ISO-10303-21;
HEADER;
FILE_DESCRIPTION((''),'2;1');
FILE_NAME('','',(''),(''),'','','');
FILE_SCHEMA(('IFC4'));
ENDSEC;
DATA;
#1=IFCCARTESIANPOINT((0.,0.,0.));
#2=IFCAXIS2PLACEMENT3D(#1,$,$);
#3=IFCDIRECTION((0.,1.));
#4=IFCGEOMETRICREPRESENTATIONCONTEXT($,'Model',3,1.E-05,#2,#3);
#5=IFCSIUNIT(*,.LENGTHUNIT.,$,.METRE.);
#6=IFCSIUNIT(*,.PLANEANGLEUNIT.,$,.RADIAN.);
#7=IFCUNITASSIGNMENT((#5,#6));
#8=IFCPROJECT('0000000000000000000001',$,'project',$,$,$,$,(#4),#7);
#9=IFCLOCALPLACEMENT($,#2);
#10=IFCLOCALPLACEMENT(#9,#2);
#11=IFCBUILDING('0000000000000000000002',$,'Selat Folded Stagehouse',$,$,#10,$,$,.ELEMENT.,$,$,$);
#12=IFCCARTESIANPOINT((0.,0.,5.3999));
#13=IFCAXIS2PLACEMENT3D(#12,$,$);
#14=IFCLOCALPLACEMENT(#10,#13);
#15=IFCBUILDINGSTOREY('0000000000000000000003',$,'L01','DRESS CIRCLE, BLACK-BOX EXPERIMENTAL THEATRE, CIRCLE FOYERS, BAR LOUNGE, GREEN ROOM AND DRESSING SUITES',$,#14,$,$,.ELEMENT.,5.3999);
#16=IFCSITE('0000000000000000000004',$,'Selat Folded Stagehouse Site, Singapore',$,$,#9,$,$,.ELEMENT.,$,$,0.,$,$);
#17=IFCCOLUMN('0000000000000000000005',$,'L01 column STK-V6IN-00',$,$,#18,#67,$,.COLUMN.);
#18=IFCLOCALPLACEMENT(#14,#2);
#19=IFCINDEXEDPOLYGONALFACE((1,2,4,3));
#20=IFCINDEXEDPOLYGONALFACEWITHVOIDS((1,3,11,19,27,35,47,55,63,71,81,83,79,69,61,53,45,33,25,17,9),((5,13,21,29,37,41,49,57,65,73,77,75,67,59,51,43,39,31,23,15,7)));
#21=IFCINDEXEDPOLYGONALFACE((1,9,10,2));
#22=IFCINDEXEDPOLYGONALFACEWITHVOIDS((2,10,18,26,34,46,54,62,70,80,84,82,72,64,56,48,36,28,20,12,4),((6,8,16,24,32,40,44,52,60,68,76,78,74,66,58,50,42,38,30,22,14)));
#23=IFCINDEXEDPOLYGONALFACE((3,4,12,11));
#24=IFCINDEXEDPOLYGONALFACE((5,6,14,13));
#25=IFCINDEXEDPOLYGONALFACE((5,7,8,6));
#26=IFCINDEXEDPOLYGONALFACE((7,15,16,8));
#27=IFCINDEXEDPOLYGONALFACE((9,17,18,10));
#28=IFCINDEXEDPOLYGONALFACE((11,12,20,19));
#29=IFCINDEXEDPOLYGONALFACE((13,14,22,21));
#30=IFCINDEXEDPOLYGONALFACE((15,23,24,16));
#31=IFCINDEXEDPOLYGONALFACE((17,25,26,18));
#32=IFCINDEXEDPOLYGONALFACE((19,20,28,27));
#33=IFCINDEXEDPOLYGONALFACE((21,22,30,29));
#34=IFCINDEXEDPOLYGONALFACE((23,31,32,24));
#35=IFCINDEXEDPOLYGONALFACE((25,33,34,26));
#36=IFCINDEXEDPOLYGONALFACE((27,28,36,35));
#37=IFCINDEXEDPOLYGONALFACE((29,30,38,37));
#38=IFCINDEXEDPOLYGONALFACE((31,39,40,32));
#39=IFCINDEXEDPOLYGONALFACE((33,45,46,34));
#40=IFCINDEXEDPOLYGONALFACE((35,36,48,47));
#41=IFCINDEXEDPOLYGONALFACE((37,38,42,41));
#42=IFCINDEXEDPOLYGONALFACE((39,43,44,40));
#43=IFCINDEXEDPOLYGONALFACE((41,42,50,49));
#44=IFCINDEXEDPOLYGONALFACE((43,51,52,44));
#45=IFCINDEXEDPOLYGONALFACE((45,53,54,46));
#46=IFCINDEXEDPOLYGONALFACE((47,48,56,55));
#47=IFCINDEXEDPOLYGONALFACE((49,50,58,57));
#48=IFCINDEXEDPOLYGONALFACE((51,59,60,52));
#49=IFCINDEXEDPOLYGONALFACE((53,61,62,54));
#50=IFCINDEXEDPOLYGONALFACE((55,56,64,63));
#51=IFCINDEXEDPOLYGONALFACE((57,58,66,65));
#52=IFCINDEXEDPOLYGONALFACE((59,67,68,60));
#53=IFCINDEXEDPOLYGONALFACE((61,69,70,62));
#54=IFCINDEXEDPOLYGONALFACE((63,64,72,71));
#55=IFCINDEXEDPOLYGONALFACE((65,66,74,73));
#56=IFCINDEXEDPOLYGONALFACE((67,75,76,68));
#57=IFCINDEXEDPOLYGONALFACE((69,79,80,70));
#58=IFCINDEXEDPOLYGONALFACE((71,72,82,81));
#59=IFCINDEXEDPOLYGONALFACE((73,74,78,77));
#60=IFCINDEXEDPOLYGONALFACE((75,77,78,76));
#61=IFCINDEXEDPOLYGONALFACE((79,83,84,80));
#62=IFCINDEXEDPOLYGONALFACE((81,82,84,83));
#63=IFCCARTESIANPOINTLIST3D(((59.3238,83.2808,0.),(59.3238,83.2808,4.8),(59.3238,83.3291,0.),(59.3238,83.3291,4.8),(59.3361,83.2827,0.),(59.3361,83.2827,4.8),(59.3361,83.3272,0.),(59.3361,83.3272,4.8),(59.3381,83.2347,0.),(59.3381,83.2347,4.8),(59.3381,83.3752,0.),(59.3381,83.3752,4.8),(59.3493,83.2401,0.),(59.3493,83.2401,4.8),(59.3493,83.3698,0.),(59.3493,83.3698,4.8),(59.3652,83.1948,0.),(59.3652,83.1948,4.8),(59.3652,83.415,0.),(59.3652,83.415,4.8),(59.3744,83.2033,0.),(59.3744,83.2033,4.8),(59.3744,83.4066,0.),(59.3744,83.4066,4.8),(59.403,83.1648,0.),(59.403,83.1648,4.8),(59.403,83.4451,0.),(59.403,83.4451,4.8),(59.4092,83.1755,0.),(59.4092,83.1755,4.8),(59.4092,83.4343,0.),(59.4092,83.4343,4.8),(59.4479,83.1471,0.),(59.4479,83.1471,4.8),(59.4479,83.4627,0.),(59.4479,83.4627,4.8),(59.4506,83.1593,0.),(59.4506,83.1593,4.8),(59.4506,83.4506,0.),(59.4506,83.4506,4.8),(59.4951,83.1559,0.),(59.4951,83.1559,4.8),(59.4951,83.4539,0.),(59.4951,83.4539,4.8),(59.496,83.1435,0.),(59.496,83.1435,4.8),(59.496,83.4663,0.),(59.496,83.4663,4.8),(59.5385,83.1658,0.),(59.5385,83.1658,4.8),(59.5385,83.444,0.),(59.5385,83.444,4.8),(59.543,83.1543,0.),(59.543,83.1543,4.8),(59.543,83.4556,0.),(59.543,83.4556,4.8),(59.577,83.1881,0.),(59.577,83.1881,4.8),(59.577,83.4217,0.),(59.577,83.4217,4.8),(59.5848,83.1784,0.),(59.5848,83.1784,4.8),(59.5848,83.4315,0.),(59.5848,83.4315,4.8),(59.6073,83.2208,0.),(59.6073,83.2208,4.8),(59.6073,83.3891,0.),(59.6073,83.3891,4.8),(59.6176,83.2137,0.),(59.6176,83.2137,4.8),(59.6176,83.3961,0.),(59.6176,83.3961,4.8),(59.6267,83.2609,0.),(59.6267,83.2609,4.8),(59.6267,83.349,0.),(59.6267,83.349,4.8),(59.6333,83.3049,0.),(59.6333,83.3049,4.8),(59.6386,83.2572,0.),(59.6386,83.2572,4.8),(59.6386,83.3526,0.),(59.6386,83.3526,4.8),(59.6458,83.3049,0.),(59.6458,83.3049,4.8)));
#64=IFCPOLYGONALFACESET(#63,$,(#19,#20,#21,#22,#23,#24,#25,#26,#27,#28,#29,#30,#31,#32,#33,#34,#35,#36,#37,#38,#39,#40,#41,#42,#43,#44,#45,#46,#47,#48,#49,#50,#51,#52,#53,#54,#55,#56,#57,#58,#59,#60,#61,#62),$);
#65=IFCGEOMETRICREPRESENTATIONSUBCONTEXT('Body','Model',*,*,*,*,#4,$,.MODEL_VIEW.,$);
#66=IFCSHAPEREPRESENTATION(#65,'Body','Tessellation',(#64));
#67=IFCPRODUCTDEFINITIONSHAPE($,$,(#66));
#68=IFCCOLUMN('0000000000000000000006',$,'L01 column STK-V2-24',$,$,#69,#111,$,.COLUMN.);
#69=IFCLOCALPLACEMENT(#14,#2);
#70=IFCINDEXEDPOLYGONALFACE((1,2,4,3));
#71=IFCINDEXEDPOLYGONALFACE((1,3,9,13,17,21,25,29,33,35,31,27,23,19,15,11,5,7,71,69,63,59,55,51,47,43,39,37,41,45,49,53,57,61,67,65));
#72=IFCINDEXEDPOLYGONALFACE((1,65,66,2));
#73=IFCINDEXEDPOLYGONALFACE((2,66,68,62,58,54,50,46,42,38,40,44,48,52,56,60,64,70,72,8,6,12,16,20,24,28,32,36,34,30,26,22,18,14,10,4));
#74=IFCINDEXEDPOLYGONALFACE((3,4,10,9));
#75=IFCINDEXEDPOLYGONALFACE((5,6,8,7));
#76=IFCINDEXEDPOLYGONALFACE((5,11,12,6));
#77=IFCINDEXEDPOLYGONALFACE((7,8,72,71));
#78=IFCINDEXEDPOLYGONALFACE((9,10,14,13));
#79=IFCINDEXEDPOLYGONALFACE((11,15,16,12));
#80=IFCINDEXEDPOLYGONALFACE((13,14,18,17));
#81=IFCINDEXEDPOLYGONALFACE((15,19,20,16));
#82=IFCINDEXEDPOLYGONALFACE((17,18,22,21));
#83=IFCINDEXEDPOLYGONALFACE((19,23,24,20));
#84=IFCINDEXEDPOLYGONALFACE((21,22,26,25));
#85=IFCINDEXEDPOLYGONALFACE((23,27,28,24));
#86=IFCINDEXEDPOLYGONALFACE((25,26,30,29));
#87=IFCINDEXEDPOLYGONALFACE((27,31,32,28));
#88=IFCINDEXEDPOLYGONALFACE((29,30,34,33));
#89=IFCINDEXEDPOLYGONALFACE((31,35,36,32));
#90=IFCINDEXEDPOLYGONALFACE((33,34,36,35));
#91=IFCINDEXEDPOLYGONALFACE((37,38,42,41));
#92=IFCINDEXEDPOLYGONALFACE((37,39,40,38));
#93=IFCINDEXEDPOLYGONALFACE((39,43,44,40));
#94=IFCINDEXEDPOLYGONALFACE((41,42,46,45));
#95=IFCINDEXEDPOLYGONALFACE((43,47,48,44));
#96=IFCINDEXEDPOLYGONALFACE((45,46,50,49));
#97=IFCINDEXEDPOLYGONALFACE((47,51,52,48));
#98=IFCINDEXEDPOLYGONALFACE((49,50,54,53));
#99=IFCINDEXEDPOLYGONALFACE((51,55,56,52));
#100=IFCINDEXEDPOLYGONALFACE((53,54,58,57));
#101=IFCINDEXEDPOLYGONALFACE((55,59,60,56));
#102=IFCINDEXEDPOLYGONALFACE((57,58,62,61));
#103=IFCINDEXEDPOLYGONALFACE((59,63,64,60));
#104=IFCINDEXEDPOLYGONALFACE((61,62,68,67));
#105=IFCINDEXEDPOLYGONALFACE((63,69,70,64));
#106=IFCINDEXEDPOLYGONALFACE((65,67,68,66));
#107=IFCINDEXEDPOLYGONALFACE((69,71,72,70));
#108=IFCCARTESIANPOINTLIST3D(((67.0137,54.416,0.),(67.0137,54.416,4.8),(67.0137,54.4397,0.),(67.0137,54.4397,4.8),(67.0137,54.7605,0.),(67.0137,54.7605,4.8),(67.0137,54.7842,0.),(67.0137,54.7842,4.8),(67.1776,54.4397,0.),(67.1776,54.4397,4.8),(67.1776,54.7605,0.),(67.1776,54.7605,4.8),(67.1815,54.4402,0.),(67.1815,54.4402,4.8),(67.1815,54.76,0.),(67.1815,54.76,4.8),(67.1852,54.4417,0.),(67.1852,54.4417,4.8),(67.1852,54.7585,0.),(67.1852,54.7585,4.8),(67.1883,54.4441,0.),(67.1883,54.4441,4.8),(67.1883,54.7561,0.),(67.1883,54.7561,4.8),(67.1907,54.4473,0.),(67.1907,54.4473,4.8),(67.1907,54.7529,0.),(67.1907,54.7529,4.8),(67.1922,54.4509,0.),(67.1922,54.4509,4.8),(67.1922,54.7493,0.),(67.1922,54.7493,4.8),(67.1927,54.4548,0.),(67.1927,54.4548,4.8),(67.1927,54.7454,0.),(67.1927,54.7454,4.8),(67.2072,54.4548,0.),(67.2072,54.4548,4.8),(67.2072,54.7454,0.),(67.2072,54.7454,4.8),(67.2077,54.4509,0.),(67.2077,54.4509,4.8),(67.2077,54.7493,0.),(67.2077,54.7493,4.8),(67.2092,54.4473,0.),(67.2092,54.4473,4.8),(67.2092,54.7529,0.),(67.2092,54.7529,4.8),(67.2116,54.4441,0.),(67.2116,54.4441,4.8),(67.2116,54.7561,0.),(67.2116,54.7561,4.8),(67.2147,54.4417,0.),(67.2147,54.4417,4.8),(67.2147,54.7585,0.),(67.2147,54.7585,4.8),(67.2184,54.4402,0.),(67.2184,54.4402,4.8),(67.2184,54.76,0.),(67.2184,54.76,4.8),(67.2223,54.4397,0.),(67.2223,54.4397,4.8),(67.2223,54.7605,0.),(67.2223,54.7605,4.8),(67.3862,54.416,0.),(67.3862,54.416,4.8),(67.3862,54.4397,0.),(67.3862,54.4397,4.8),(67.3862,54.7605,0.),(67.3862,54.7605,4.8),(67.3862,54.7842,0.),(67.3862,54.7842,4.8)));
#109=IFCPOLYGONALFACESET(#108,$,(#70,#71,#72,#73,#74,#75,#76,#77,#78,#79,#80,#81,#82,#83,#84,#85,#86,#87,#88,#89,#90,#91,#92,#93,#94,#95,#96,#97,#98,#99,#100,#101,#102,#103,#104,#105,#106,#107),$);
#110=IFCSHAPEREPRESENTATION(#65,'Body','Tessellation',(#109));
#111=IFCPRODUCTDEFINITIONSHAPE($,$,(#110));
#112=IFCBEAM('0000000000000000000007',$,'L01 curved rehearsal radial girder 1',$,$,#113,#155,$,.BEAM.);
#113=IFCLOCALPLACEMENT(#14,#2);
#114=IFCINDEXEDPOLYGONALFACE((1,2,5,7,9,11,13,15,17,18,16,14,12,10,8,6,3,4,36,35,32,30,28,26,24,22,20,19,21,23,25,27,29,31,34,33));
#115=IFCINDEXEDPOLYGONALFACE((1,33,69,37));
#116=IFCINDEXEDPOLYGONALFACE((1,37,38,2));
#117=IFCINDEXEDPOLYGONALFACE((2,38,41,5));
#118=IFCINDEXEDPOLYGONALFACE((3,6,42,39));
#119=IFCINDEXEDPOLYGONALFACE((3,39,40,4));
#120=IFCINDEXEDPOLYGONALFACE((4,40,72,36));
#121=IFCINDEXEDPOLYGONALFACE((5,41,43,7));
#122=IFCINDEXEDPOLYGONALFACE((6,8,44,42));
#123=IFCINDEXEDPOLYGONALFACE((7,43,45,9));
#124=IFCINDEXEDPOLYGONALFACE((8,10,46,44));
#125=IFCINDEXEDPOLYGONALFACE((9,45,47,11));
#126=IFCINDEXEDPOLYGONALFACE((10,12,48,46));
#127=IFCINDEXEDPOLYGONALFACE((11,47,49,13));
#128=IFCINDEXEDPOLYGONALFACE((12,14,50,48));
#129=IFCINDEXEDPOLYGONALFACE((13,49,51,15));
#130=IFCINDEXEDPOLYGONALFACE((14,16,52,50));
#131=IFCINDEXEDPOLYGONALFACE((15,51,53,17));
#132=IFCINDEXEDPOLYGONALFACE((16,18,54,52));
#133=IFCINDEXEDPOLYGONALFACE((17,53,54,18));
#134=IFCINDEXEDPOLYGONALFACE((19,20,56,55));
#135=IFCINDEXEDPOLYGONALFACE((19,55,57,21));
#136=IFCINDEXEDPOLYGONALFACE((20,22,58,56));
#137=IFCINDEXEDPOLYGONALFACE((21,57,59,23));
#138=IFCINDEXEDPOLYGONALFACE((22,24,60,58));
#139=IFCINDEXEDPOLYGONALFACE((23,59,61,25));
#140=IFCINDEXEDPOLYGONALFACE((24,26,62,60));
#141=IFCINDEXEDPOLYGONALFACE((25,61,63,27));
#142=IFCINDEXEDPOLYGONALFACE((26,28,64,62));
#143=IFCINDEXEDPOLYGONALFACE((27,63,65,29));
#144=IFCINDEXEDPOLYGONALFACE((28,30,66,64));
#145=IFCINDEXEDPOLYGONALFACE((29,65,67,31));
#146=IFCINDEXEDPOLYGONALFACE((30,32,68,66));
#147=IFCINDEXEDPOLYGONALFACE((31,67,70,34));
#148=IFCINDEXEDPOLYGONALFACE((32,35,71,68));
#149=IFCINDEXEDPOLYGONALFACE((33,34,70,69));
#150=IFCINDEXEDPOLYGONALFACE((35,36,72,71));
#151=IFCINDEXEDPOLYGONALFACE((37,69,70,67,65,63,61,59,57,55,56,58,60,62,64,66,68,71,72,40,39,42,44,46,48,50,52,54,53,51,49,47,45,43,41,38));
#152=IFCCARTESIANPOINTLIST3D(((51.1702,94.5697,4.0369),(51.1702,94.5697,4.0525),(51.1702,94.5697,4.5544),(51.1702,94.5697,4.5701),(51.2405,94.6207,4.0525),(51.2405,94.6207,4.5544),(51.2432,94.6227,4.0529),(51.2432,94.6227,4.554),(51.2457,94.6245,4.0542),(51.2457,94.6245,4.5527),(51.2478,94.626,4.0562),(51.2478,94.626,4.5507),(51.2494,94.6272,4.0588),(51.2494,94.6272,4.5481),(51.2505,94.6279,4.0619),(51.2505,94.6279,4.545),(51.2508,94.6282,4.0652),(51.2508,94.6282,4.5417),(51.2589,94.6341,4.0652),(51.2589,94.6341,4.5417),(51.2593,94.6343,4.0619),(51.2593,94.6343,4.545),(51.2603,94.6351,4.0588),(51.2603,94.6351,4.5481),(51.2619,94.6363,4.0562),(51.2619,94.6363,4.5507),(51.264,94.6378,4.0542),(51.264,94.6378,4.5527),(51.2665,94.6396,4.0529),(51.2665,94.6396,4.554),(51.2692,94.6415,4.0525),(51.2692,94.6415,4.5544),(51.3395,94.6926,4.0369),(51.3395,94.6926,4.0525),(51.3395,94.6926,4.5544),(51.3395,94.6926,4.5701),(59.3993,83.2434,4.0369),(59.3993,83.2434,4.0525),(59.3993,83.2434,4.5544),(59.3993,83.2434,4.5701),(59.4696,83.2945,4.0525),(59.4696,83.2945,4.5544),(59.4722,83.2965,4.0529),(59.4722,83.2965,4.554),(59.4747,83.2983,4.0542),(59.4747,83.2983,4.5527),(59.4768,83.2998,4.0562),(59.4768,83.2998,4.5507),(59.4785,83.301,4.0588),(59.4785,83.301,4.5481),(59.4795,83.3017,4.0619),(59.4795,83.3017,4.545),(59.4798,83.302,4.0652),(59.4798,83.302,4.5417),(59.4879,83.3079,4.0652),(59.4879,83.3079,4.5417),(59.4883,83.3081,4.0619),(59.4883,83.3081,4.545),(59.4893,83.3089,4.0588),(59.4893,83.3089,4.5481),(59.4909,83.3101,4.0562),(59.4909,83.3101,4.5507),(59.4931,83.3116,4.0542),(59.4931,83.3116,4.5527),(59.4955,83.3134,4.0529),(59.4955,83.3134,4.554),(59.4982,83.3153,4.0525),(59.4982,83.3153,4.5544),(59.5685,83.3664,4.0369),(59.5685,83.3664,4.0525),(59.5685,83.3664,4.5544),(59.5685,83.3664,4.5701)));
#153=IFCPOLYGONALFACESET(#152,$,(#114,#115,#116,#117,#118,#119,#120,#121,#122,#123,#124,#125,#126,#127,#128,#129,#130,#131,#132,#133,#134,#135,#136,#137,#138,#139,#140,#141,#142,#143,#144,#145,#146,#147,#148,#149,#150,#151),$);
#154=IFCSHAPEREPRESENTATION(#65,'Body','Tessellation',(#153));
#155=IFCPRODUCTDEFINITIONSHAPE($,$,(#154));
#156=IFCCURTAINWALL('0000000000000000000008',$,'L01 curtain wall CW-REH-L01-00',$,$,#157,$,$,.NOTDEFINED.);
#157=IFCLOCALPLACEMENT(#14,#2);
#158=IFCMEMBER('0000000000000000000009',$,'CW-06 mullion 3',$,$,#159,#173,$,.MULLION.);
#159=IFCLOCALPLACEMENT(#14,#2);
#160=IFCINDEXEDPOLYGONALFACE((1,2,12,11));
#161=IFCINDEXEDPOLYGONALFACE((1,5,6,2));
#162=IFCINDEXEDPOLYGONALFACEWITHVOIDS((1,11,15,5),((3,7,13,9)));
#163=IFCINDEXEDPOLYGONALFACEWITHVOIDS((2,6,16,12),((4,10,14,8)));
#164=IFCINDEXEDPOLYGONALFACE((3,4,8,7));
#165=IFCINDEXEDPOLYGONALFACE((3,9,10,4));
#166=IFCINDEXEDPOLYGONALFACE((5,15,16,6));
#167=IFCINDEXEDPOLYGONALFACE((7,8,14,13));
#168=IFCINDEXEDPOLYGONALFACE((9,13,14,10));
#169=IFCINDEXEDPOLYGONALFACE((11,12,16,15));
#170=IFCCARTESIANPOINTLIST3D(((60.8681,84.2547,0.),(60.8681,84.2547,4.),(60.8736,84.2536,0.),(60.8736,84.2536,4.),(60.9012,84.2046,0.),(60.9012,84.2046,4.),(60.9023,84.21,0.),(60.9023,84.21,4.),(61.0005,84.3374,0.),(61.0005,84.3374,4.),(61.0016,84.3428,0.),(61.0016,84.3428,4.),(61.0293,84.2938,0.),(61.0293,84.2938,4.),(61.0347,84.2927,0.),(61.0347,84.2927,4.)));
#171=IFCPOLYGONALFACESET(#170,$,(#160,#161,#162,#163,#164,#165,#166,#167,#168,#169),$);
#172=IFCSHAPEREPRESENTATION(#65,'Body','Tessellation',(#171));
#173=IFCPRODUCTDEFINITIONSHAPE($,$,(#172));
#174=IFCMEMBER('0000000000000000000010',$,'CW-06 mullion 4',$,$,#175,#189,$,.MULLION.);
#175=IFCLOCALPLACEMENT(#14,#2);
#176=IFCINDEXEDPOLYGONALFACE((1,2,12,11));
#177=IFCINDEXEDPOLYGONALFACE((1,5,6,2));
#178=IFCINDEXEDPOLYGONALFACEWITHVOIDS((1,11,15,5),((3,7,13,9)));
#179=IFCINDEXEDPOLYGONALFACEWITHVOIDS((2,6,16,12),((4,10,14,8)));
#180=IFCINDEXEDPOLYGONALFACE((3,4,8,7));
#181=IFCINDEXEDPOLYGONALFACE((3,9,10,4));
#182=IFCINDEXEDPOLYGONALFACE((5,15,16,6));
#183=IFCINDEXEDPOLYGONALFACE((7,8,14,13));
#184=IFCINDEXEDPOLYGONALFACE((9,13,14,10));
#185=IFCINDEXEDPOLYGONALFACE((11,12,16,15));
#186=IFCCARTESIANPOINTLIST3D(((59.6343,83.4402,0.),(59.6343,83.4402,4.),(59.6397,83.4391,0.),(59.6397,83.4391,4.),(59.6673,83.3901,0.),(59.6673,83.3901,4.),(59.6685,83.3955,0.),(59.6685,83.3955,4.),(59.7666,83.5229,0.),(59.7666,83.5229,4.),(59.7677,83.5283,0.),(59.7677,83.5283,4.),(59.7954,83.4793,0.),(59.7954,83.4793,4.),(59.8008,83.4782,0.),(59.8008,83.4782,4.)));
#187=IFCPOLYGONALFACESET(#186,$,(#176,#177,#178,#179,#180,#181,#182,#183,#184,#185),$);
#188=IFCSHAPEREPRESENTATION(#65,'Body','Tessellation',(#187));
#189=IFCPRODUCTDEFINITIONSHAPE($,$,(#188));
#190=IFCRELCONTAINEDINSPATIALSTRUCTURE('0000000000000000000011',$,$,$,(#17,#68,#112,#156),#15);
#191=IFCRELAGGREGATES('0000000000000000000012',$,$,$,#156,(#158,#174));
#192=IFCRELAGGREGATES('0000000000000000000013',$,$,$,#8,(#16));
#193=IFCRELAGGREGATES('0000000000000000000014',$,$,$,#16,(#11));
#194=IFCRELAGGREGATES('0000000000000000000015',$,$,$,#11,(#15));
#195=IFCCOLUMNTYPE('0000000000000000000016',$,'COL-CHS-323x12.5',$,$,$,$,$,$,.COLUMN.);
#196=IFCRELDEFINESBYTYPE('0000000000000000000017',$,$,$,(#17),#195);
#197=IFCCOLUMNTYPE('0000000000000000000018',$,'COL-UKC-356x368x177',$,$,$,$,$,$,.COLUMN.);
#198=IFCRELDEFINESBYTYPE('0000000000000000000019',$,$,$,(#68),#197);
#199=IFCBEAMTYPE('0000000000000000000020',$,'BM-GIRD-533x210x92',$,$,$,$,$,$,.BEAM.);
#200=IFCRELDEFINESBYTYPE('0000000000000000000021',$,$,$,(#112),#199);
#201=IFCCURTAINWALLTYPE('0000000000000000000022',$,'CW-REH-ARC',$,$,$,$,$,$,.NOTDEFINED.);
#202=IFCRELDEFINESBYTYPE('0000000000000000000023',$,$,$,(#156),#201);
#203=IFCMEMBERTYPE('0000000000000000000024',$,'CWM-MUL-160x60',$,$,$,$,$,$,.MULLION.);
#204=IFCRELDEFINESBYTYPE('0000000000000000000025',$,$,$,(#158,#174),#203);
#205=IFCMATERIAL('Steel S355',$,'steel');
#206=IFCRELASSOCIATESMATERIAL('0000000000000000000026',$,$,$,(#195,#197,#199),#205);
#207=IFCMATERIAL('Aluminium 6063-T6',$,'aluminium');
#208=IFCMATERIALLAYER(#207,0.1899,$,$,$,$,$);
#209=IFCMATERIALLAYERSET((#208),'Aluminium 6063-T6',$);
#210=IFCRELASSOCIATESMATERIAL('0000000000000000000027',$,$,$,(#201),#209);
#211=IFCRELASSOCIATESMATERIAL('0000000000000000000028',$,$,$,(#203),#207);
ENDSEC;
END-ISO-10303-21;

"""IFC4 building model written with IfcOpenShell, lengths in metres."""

from ifc_helpers import new_model, si_unit, direction, frame, origin, origin_2d, place, context, subcontext, project, spatial, hollow_rectangle, hollow_circle, i_section, extrude, material, layer, layer_set, material_profile, profile_set, type_object, element, aggregate, save


model = new_model("IFC4")

# Units and contexts
model_context = context("Model", 3, precision=1e-05, world=origin(), true_north=direction((0.0, 1.0)))
body_context = subcontext(model_context, "Body", "Model", "MODEL_VIEW")
ifc_project = project(units=[si_unit("LENGTHUNIT", "METRE"), si_unit("PLANEANGLEUNIT", "RADIAN")], contexts=[model_context])

# Site, building, storey
site_placement = place(None, origin())
site = spatial("IfcSite", under=ifc_project, at=site_placement, Name="Selat Folded Stagehouse Site, Singapore", CompositionType="ELEMENT", RefElevation=0.0)
building_placement = place(site_placement, origin())
building = spatial("IfcBuilding", under=site, at=building_placement, Name="Selat Folded Stagehouse", CompositionType="ELEMENT")
storey_placement = place(building_placement, frame((0.0, 0.0, 5.3999)))
storey = spatial("IfcBuildingStorey", under=building, at=storey_placement, Name="L01", Description="DRESS CIRCLE, BLACK-BOX EXPERIMENTAL THEATRE, CIRCLE FOYERS, BAR LOUNGE, GREEN ROOM AND DRESSING SUITES", CompositionType="ELEMENT", Elevation=5.3999)

# Columns
ifc_material_1 = material(Name="Steel S355", Category="steel")
ifc_material_profile_1 = material_profile(ifc_material_1, hollow_circle(Radius=0.1619, WallThickness=0.0125, at=origin_2d()), Name="CHS 323.9x12.5")
ifc_profile_set_1 = profile_set([ifc_material_profile_1], Name="Steel S355")
column_type_1 = type_object("IfcColumnType", Name="COL-CHS-323x12.5", PredefinedType="COLUMN", material=ifc_profile_set_1)
column_1_placement = place(storey_placement, frame((59.4839, 83.3049, 0.0), z_axis=(0.0, 0.0, 1.0), x_axis=(1.0, 0.0, 0.0)))
element("IfcColumn", 1, at=column_1_placement, inside=storey, type_object=column_type_1, Name="L01 column STK-V6IN-00", PredefinedType="COLUMN", context=body_context, shape_type="SweptSolid", body=[
    extrude(hollow_circle(Radius=0.1619, WallThickness=0.0125, at=origin_2d()), origin(), (0.0, 0.0, 1.0), 4.8),
])
ifc_material_profile_2 = material_profile(ifc_material_1, i_section(OverallWidth=0.3726, OverallDepth=0.3682, WebThickness=0.0144, FlangeThickness=0.0237, FilletRadius=0.0151, at=origin_2d()), Name="UKC 356x368x177")
ifc_profile_set_2 = profile_set([ifc_material_profile_2], Name="Steel S355")
column_type_2 = type_object("IfcColumnType", Name="COL-UKC-356x368x177", PredefinedType="COLUMN", material=ifc_profile_set_2)
column_2_placement = place(storey_placement, frame((67.2, 54.6001, 0.0), z_axis=(0.0, 0.0, 1.0), x_axis=(1.0, 0.0, 0.0)))
element("IfcColumn", 2, at=column_2_placement, inside=storey, type_object=column_type_2, Name="L01 column STK-V2-24", PredefinedType="COLUMN", context=body_context, shape_type="SweptSolid", body=[
    extrude(i_section(OverallWidth=0.3726, OverallDepth=0.3682, WebThickness=0.0144, FlangeThickness=0.0237, FilletRadius=0.0151, at=origin_2d()), origin(), (0.0, 0.0, 1.0), 4.8),
])

# Beam
ifc_material_profile_3 = material_profile(ifc_material_1, i_section(OverallWidth=0.2092, OverallDepth=0.5332, WebThickness=0.01, FlangeThickness=0.0156, FilletRadius=0.0127, at=origin_2d()), Name="UKB 533x210x92")
ifc_profile_set_3 = profile_set([ifc_material_profile_3], Name="Steel S355")
beam_type_1 = type_object("IfcBeamType", Name="BM-GIRD-533x210x92", PredefinedType="BEAM", material=ifc_profile_set_3)
beam_1_placement = place(storey_placement, frame((59.4839, 83.3049, 4.3035), z_axis=(-0.587788, 0.809015, 0.0), x_axis=(-0.809015, -0.587788, 0.0)))
element("IfcBeam", 3, at=beam_1_placement, inside=storey, type_object=beam_type_1, Name="L01 curved rehearsal radial girder 1", PredefinedType="BEAM", context=body_context, shape_type="SweptSolid", body=[
    extrude(i_section(OverallWidth=0.2092, OverallDepth=0.5332, WebThickness=0.01, FlangeThickness=0.0156, FilletRadius=0.0127, at=origin_2d()), origin(), (0.0, 0.0, 1.0), 14.0),
])

# Curtain wall, members
ifc_material_2 = material(Name="Aluminium 6063-T6", Category="aluminium")
ifc_layer_1 = layer(ifc_material_2, 0.1899)
ifc_layer_set_1 = layer_set([ifc_layer_1], Name="Aluminium 6063-T6")
curtain_wall_type_1 = type_object("IfcCurtainWallType", Name="CW-REH-ARC", PredefinedType="NOTDEFINED", material=ifc_layer_set_1)
curtain_wall_1_placement = place(storey_placement, origin())
curtain_wall_1 = element("IfcCurtainWall", 4, at=curtain_wall_1_placement, inside=storey, type_object=curtain_wall_type_1, Name="L01 curtain wall CW-REH-L01-00", PredefinedType="NOTDEFINED")
ifc_material_profile_4 = material_profile(ifc_material_2, hollow_rectangle(XDim=0.0601, YDim=0.1599, WallThickness=0.0039, at=origin_2d()), Name="ALU 160x60x4.0")
ifc_profile_set_4 = profile_set([ifc_material_profile_4], Name="Aluminium 6063-T6")
member_type_1 = type_object("IfcMemberType", Name="CWM-MUL-160x60", PredefinedType="MULLION", material=ifc_profile_set_4)
member_1_placement = place(storey_placement, frame((60.9514, 84.2737, 0.0), z_axis=(0.0, 0.0, 1.0), x_axis=(0.550885, -0.834581, 0.0)))
member_1 = element("IfcMember", 5, at=member_1_placement, type_object=member_type_1, Name="CW-06 mullion 3", PredefinedType="MULLION", context=body_context, shape_type="SweptSolid", body=[
    extrude(hollow_rectangle(XDim=0.0601, YDim=0.1599, WallThickness=0.0039, at=origin_2d()), origin(), (0.0, 0.0, 1.0), 4.0),
])
member_2_placement = place(storey_placement, frame((59.7175, 83.4592, 0.0), z_axis=(0.0, 0.0, 1.0), x_axis=(0.550885, -0.834581, 0.0)))
member_2 = element("IfcMember", 6, at=member_2_placement, type_object=member_type_1, Name="CW-06 mullion 4", PredefinedType="MULLION", context=body_context, shape_type="SweptSolid", body=[
    extrude(hollow_rectangle(XDim=0.0601, YDim=0.1599, WallThickness=0.0039, at=origin_2d()), origin(), (0.0, 0.0, 1.0), 4.0),
])

aggregate(curtain_wall_1, [member_1, member_2])

save(model, "model.ifc")
